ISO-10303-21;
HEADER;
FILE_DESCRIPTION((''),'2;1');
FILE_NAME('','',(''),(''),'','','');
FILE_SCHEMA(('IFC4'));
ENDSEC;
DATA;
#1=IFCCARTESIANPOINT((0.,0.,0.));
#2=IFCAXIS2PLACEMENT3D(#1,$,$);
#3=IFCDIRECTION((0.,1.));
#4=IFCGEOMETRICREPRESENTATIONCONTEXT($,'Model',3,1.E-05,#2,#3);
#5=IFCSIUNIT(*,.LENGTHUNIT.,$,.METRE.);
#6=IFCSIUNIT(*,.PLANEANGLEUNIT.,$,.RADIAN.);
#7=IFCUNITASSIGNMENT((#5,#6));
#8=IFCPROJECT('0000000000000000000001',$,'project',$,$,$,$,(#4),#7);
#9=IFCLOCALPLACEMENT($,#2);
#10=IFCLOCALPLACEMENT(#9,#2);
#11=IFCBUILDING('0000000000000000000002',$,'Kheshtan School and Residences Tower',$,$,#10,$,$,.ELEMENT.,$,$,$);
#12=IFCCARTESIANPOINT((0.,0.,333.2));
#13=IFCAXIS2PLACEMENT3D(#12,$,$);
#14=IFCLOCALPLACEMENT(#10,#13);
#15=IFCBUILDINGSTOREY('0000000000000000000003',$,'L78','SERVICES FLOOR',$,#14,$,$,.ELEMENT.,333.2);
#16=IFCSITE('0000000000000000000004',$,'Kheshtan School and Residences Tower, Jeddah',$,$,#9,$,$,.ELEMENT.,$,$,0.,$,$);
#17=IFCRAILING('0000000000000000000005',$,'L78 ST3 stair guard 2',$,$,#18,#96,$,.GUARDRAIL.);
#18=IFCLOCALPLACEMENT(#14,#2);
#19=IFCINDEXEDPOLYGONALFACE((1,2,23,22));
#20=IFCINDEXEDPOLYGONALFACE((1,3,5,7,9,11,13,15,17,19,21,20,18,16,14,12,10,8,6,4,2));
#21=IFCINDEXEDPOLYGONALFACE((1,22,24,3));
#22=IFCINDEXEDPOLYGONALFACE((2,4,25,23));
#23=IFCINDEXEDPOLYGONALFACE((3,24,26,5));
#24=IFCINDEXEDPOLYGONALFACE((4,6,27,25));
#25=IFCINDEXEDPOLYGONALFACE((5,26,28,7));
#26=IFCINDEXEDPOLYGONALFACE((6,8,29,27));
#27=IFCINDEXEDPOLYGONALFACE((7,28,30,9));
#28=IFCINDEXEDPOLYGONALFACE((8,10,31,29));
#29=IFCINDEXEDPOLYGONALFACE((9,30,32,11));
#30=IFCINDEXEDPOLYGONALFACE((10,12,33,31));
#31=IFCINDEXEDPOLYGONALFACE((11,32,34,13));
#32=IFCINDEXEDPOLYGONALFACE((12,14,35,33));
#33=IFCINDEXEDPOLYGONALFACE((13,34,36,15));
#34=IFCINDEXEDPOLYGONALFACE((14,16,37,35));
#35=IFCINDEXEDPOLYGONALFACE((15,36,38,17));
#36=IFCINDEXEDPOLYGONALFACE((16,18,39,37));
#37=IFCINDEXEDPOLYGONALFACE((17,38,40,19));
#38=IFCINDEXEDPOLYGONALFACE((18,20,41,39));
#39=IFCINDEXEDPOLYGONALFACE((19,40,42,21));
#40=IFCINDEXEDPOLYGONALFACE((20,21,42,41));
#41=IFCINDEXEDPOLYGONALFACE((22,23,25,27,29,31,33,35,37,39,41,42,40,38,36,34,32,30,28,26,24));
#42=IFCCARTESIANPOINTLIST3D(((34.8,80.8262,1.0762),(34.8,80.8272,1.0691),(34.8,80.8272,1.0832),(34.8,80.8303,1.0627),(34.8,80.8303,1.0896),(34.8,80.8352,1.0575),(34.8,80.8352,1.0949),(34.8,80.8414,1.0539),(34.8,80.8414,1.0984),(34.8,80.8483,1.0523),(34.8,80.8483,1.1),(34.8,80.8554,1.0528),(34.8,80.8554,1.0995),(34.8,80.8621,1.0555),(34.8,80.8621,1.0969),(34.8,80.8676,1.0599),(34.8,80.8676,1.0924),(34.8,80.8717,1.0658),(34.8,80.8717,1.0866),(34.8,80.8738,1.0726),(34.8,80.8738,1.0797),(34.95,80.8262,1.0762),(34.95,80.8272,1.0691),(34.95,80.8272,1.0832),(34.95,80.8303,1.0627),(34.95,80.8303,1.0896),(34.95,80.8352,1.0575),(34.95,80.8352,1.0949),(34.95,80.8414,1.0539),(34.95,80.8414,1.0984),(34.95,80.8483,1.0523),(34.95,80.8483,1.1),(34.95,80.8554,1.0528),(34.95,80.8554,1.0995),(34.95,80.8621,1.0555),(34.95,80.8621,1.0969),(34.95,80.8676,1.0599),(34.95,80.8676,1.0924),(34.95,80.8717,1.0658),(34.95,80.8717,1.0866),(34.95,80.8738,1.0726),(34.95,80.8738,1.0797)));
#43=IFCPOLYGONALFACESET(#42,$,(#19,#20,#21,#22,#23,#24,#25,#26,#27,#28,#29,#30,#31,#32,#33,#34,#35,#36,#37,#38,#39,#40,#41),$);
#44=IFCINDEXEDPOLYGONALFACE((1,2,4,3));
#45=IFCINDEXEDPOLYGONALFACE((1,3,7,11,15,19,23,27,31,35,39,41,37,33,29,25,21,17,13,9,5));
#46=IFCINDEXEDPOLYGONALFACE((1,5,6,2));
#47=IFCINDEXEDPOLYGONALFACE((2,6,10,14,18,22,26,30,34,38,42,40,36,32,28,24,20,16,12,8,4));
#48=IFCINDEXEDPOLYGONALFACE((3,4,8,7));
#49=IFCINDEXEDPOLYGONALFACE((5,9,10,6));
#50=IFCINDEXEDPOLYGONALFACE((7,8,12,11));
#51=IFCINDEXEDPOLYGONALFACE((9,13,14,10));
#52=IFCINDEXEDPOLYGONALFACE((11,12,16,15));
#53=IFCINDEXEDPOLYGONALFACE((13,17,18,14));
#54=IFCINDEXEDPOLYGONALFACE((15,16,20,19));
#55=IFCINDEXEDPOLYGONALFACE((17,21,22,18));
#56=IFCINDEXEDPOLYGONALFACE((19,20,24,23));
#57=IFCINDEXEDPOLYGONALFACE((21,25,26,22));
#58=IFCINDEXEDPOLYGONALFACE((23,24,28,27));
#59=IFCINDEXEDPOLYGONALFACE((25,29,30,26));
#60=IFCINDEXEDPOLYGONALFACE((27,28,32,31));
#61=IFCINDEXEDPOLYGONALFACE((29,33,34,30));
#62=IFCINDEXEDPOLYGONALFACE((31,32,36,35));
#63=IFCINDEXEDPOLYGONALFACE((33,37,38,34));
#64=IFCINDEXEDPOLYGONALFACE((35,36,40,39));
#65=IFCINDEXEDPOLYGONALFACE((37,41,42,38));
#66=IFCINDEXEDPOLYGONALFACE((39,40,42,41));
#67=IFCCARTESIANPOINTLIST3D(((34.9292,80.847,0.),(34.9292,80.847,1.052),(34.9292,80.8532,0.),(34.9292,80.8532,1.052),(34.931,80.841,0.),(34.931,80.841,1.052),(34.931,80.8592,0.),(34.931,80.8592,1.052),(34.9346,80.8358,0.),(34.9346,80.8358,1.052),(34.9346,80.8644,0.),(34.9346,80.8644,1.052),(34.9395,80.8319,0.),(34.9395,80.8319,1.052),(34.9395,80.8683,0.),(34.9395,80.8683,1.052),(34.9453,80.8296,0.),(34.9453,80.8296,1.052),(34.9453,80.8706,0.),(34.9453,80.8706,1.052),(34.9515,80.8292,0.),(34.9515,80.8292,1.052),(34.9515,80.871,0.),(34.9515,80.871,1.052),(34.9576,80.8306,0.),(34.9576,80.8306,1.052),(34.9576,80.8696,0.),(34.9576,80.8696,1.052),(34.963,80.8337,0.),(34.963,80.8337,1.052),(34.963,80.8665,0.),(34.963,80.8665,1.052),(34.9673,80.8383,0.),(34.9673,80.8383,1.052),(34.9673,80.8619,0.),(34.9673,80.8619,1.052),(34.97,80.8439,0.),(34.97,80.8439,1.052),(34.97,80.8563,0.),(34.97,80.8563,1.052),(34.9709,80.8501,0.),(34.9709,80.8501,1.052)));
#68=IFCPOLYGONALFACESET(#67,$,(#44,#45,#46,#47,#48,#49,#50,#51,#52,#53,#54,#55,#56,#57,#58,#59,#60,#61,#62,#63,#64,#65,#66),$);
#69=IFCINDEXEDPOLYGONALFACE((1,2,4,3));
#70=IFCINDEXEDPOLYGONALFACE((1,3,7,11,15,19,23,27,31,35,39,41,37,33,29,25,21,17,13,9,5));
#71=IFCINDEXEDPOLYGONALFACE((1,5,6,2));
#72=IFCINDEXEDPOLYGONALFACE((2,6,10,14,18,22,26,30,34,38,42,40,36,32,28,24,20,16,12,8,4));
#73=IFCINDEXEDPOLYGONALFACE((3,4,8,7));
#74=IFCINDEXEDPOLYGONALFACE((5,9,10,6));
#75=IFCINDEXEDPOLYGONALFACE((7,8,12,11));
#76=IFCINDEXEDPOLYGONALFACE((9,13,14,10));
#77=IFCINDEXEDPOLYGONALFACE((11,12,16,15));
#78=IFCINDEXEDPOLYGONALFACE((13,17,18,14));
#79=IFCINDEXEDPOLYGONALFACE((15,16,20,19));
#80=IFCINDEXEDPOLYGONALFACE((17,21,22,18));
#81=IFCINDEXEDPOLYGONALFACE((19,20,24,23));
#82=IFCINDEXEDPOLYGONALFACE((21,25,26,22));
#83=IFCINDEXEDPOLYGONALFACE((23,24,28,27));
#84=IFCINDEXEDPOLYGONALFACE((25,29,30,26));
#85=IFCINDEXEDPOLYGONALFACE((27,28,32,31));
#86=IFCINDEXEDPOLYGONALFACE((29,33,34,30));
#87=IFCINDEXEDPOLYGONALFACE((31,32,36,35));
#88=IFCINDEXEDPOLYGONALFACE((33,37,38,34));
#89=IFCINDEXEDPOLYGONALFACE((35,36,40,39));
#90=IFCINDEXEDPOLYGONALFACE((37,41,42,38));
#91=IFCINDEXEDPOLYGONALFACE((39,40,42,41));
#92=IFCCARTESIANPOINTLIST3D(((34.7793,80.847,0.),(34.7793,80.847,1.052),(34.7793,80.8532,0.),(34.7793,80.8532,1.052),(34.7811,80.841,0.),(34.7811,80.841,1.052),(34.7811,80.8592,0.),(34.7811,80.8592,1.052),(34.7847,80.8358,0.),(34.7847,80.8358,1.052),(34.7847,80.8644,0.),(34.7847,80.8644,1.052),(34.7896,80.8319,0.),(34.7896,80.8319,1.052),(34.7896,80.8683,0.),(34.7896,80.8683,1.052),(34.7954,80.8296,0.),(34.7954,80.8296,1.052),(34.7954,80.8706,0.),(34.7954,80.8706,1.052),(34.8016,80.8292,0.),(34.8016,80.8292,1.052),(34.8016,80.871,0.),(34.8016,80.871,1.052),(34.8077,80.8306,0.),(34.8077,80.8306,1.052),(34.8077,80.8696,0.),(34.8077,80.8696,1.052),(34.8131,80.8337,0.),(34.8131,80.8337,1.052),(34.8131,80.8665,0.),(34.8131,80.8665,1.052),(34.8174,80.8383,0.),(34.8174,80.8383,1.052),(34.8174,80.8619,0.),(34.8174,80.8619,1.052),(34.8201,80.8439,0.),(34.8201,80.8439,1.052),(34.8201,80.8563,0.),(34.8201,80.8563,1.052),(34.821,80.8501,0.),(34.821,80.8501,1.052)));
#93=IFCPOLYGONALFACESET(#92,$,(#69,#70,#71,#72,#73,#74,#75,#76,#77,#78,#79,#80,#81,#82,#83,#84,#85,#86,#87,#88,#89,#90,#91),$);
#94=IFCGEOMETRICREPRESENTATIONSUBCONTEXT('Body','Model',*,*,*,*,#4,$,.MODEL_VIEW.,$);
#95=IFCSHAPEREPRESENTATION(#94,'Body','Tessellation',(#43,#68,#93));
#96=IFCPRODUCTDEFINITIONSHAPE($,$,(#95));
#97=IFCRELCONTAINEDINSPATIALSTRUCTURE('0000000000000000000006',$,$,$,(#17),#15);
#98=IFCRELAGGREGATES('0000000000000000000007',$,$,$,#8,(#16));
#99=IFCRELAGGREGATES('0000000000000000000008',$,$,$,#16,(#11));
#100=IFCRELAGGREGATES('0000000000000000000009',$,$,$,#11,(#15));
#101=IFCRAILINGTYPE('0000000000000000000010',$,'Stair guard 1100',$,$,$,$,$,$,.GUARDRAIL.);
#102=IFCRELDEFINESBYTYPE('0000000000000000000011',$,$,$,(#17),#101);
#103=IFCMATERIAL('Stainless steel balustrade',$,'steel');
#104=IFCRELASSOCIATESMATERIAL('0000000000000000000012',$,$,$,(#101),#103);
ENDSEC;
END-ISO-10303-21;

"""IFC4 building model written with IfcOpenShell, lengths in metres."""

from ifc_helpers import new_model, si_unit, direction, frame, origin, origin_2d, place, context, subcontext, project, spatial, circle, extrude, material, type_object, element, save


model = new_model("IFC4")

# Units and contexts
model_context = context("Model", 3, precision=1e-05, world=origin(), true_north=direction((0.0, 1.0)))
body_context = subcontext(model_context, "Body", "Model", "MODEL_VIEW")
ifc_project = project(units=[si_unit("LENGTHUNIT", "METRE"), si_unit("PLANEANGLEUNIT", "RADIAN")], contexts=[model_context])

# Site, building, storey
site_placement = place(None, origin())
site = spatial("IfcSite", under=ifc_project, at=site_placement, Name="Kheshtan School and Residences Tower, Jeddah", CompositionType="ELEMENT", RefElevation=0.0)
building_placement = place(site_placement, origin())
building = spatial("IfcBuilding", under=site, at=building_placement, Name="Kheshtan School and Residences Tower", CompositionType="ELEMENT")
storey_placement = place(building_placement, frame((0.0, 0.0, 333.2)))
storey = spatial("IfcBuildingStorey", under=building, at=storey_placement, Name="L78", Description="SERVICES FLOOR", CompositionType="ELEMENT", Elevation=333.2)

# Railing
ifc_material_1 = material(Name="Stainless steel balustrade", Category="steel")
railing_type_1 = type_object("IfcRailingType", Name="Stair guard 1100", PredefinedType="GUARDRAIL", material=ifc_material_1)
railing_1_placement = place(storey_placement, frame((34.95, 80.8501, 0.0)))
element("IfcRailing", 1, at=railing_1_placement, inside=storey, type_object=railing_type_1, Name="L78 ST3 stair guard 2", PredefinedType="GUARDRAIL", context=body_context, shape_type="SweptSolid", body=[
    extrude(circle(Radius=0.0239, at=origin_2d()), frame((0.0, 0.0, 1.0762), z_axis=(-1.0, 0.0, 0.0), x_axis=(0.0, -1.0, 0.0)), (0.0, 0.0, 1.0), 0.1499),
    extrude(circle(Radius=0.021, at=origin_2d()), origin(), (0.0, 0.0, 1.0), 1.052),
    extrude(circle(Radius=0.021, at=origin_2d()), frame((-0.1499, 0.0, 0.0)), (0.0, 0.0, 1.0), 1.052),
])

save(model, "model.ifc")
